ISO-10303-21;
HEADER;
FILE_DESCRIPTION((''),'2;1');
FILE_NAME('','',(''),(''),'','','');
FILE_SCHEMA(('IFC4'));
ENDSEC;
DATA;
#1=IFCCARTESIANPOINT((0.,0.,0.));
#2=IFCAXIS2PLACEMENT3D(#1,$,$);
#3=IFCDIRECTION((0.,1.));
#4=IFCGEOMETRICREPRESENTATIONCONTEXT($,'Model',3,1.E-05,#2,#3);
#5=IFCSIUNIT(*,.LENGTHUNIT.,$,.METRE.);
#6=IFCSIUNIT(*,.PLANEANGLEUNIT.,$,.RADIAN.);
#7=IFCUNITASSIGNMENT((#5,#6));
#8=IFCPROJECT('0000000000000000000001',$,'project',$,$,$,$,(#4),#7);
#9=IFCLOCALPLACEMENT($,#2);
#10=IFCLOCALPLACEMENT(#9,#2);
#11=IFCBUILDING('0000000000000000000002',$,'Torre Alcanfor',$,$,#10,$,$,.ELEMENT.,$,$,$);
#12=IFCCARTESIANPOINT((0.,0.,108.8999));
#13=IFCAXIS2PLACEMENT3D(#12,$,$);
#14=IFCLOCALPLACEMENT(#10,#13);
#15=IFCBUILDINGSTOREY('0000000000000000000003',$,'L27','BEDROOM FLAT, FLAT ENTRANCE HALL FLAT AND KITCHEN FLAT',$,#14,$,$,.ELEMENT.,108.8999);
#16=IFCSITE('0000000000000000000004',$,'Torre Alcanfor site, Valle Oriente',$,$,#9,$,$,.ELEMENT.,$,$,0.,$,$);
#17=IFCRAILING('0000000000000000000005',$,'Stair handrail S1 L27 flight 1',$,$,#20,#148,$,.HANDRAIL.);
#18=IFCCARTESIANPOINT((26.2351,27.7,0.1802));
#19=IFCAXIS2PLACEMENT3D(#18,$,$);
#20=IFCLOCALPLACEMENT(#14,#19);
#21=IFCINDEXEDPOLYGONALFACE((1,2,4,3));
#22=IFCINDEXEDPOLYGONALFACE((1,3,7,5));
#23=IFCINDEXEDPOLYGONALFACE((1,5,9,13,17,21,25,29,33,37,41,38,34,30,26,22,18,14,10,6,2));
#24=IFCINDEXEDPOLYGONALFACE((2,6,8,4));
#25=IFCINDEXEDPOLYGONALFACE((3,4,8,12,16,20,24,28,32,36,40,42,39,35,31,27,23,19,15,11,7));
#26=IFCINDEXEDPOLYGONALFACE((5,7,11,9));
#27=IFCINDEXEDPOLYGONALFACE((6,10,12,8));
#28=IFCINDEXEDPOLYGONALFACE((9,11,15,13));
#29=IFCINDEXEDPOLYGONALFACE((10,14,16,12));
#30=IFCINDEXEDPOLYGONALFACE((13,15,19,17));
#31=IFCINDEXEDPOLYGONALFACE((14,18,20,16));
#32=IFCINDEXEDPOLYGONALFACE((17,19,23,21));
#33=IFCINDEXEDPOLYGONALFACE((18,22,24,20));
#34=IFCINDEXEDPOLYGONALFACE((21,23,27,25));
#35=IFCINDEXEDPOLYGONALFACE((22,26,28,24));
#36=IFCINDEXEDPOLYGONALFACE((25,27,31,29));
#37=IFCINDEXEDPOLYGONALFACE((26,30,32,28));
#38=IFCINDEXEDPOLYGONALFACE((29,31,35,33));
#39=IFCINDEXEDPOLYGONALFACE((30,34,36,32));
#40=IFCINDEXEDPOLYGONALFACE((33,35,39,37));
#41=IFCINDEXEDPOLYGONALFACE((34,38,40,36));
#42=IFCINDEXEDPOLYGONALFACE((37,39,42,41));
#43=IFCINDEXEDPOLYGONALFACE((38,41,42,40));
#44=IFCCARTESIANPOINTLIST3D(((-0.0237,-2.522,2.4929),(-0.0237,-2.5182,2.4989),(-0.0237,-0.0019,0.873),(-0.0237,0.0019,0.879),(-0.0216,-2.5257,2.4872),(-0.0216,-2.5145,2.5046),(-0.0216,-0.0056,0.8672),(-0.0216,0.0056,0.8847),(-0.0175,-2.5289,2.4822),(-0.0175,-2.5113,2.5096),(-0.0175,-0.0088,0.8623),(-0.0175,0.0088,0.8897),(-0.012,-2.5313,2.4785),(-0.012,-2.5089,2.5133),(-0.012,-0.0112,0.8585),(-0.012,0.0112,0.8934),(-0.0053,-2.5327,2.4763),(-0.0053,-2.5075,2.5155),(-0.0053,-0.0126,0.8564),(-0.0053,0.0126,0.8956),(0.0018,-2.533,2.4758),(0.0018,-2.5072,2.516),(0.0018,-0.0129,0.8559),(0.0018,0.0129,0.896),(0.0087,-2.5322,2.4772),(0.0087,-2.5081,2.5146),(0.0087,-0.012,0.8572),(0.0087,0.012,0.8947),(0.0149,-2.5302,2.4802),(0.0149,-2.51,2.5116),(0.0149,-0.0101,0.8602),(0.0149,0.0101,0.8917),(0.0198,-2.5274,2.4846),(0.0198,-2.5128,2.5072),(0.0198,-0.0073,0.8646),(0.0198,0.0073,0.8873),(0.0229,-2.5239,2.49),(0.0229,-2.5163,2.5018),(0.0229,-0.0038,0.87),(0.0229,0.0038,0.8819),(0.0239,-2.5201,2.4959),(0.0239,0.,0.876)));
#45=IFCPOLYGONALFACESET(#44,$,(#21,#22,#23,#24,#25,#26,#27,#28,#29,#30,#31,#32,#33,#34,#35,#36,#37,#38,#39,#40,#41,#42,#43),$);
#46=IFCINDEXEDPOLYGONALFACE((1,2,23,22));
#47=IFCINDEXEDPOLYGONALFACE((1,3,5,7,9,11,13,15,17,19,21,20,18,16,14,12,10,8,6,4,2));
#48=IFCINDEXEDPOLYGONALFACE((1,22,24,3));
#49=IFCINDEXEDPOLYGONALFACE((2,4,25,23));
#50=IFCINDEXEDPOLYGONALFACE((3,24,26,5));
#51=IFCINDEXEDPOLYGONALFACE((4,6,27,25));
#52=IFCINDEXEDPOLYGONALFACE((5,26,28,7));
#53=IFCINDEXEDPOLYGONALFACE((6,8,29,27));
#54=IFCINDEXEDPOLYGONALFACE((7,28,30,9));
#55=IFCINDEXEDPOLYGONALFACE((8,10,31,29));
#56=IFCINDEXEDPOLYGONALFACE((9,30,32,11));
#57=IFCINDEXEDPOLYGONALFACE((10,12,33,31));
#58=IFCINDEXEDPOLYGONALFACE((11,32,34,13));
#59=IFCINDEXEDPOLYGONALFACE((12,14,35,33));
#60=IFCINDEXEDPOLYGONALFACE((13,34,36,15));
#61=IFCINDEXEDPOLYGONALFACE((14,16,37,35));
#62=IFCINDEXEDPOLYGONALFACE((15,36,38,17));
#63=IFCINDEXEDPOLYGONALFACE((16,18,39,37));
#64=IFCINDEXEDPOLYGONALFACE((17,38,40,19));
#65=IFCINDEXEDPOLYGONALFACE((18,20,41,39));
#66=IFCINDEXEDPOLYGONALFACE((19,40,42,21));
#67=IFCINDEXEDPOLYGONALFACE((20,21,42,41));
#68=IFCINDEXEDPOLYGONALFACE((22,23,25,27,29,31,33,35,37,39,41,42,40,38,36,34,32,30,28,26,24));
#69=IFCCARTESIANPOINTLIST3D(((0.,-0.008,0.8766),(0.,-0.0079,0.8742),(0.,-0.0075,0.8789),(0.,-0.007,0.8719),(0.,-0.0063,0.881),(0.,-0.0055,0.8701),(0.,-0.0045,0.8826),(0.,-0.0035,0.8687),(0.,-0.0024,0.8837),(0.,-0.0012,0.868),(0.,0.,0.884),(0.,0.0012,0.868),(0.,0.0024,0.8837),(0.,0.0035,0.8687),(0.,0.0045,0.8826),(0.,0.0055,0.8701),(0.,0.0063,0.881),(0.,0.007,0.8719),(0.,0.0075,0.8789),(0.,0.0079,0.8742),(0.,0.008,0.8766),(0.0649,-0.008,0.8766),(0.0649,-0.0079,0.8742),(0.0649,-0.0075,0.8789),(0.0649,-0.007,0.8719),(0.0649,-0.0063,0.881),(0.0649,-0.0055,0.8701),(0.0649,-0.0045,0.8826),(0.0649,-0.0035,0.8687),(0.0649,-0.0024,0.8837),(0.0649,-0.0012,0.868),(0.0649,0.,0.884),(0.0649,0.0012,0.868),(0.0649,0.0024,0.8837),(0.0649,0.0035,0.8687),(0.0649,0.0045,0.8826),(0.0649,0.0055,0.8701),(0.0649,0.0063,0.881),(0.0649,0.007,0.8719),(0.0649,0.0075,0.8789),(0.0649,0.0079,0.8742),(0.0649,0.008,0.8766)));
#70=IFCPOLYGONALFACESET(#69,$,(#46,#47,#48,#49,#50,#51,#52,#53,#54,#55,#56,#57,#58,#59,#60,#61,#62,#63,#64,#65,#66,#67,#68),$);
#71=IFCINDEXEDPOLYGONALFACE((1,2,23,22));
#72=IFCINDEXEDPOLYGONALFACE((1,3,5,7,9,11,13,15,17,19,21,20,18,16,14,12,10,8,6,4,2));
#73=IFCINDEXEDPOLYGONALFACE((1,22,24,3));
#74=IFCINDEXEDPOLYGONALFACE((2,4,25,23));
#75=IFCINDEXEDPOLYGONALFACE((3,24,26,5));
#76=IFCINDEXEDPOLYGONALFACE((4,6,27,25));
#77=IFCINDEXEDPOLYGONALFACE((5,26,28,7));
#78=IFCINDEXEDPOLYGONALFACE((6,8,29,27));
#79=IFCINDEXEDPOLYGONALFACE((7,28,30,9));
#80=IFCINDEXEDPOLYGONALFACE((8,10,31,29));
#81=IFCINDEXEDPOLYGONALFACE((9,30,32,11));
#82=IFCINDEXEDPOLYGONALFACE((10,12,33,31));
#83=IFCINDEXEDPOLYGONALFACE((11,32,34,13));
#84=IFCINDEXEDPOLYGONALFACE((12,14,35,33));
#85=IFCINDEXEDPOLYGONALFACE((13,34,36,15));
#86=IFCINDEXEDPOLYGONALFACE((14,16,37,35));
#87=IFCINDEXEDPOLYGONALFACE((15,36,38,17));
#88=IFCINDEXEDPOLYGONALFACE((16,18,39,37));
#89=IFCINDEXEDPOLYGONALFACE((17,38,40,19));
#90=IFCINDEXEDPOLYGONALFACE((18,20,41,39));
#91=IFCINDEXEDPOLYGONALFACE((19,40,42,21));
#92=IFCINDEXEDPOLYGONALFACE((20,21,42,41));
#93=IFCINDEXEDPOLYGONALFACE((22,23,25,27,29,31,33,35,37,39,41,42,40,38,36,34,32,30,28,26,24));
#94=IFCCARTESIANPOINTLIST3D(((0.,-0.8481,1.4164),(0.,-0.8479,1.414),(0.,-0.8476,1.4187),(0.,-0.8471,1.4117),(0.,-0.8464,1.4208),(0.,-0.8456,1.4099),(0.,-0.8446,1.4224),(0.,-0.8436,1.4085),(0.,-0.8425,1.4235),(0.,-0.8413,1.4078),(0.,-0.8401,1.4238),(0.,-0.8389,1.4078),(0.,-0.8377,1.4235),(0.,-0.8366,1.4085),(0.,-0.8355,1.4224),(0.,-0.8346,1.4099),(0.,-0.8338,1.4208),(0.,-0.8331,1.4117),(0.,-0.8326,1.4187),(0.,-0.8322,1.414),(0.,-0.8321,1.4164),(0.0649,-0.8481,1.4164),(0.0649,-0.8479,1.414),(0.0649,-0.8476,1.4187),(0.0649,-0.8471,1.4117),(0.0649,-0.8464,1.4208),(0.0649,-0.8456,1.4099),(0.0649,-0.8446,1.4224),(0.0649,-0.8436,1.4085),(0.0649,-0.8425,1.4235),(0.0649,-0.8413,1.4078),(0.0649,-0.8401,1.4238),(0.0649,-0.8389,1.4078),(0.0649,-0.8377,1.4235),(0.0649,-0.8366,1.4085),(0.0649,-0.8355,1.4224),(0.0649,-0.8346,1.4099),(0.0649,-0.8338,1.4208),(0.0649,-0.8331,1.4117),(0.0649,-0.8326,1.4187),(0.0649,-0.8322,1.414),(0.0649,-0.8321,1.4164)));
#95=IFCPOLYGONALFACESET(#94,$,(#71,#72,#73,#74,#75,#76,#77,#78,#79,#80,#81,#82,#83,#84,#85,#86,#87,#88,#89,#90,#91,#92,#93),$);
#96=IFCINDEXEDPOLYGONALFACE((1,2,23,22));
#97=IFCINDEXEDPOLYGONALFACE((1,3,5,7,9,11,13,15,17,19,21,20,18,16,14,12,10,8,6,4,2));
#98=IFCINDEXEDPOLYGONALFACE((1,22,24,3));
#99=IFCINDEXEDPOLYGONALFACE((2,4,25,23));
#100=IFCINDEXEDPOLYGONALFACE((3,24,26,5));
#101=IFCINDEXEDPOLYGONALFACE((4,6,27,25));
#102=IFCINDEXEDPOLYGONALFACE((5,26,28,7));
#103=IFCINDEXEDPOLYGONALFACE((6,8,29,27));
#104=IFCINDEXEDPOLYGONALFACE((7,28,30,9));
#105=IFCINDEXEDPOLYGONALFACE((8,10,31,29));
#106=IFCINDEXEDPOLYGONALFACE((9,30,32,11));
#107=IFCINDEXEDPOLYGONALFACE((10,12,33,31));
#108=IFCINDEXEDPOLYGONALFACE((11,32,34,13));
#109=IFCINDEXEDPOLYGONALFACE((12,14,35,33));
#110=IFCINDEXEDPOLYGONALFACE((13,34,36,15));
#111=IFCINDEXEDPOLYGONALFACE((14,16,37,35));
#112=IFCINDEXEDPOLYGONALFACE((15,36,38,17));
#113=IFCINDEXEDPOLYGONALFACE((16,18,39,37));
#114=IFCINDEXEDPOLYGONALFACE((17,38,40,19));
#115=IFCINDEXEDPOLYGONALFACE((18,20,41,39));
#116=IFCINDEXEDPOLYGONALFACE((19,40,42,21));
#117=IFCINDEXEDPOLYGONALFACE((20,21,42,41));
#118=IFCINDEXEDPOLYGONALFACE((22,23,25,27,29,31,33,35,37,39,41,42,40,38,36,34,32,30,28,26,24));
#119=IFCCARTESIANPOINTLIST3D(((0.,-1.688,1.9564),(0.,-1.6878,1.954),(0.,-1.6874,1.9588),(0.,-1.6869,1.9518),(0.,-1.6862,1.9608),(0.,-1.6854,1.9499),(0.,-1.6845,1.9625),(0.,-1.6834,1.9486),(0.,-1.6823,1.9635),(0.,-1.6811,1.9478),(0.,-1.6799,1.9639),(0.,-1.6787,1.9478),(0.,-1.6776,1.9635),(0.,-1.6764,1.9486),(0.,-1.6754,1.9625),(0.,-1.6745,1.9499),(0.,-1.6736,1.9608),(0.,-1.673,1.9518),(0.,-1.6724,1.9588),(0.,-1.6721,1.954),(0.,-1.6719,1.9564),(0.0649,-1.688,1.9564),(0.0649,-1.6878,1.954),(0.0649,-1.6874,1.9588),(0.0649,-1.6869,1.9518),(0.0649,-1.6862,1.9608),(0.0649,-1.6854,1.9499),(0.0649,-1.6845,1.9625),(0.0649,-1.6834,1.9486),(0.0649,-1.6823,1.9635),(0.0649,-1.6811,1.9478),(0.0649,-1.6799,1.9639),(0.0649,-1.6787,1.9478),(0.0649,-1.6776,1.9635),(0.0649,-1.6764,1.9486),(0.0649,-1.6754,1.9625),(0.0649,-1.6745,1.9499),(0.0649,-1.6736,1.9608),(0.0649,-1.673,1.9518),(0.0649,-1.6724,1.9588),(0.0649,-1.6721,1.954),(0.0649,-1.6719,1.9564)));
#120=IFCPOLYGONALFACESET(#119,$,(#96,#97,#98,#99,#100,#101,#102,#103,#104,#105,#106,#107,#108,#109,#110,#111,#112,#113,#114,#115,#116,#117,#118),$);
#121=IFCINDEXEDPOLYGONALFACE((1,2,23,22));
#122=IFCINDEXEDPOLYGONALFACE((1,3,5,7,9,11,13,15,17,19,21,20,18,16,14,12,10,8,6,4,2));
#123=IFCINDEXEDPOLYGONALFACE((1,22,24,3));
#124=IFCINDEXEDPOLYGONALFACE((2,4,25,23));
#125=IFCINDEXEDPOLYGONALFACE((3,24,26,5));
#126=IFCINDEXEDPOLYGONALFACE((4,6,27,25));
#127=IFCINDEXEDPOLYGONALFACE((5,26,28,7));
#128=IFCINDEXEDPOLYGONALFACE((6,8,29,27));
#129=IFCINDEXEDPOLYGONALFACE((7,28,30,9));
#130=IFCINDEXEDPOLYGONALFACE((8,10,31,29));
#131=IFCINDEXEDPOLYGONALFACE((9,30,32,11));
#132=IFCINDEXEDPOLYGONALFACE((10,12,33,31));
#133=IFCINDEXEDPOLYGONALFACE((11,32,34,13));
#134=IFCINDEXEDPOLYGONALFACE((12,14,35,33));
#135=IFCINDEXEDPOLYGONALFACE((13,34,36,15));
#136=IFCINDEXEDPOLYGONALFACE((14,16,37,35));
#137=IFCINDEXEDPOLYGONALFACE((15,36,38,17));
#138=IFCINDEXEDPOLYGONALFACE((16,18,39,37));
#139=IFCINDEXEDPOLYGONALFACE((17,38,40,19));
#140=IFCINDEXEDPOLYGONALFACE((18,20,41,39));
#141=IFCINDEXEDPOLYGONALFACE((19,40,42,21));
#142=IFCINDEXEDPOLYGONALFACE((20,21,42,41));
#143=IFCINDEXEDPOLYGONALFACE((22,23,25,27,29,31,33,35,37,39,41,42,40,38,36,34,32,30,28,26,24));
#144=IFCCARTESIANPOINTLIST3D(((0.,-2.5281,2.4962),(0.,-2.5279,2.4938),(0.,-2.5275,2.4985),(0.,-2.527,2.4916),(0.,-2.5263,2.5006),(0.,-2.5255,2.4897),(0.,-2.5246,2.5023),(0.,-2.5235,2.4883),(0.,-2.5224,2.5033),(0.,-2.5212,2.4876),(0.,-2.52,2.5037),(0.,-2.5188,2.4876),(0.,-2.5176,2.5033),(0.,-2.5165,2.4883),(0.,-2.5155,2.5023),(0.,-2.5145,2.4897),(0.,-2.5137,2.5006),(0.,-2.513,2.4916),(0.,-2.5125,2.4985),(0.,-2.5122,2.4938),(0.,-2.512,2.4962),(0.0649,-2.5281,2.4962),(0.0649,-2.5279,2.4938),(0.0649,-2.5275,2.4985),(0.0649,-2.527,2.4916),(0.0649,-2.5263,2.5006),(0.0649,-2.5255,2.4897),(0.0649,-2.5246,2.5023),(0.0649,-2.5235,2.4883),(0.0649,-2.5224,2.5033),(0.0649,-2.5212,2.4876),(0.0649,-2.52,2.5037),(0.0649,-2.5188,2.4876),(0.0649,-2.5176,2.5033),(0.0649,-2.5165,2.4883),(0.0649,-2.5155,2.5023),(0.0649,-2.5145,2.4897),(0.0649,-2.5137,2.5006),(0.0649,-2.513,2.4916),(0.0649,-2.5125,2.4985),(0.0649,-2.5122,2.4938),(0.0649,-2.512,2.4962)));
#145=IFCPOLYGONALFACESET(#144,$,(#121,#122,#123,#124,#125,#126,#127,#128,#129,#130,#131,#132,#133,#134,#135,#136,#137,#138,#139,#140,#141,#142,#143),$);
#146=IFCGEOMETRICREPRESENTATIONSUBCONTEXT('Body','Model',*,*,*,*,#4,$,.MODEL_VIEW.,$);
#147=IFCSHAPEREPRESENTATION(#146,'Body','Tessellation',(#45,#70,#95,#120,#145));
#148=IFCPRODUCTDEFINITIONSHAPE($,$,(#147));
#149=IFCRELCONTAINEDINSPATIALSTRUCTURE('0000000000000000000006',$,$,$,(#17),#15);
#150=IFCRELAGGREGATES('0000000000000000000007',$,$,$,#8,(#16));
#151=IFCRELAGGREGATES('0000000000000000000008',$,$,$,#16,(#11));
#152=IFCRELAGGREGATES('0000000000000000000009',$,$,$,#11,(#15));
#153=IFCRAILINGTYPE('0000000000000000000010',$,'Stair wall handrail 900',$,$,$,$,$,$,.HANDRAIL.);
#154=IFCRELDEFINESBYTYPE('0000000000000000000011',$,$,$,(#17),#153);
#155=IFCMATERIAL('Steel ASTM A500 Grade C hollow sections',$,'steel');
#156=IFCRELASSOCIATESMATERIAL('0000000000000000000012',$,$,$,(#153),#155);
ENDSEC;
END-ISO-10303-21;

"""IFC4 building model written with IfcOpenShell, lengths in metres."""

from ifc_helpers import new_model, si_unit, direction, frame, origin, origin_2d, place, context, subcontext, project, spatial, circle, extrude, material, type_object, element, save


model = new_model("IFC4")

# Units and contexts
model_context = context("Model", 3, precision=1e-05, world=origin(), true_north=direction((0.0, 1.0)))
body_context = subcontext(model_context, "Body", "Model", "MODEL_VIEW")
ifc_project = project(units=[si_unit("LENGTHUNIT", "METRE"), si_unit("PLANEANGLEUNIT", "RADIAN")], contexts=[model_context])

# Site, building, storey
site_placement = place(None, origin())
site = spatial("IfcSite", under=ifc_project, at=site_placement, Name="Torre Alcanfor site, Valle Oriente", CompositionType="ELEMENT", RefElevation=0.0)
building_placement = place(site_placement, origin())
building = spatial("IfcBuilding", under=site, at=building_placement, Name="Torre Alcanfor", CompositionType="ELEMENT")
storey_placement = place(building_placement, frame((0.0, 0.0, 108.8999)))
storey = spatial("IfcBuildingStorey", under=building, at=storey_placement, Name="L27", Description="BEDROOM FLAT, FLAT ENTRANCE HALL FLAT AND KITCHEN FLAT", CompositionType="ELEMENT", Elevation=108.8999)

# Railing
ifc_material_1 = material(Name="Steel ASTM A500 Grade C hollow sections", Category="steel")
railing_type_1 = type_object("IfcRailingType", Name="Stair wall handrail 900", PredefinedType="HANDRAIL", material=ifc_material_1)
railing_1_placement = place(storey_placement, frame((26.2351, 27.7, 0.1802)))
element("IfcRailing", 1, at=railing_1_placement, inside=storey, type_object=railing_type_1, Name="Stair handrail S1 L27 flight 1", PredefinedType="HANDRAIL", context=body_context, shape_type="SweptSolid", body=[
    extrude(circle(Radius=0.0239, at=origin_2d()), frame((0.0, 0.0, 0.876), z_axis=(0.0, -0.8412, 0.540725), x_axis=(1.0, 0.0, 0.0)), (0.0, 0.0, 1.0), 2.9958),
    extrude(circle(Radius=0.0081, at=origin_2d()), frame((0.0, 0.0, 0.876), z_axis=(1.0, 0.0, 0.0), x_axis=(0.0, 0.0, 1.0)), (0.0, 0.0, 1.0), 0.0649),
    extrude(circle(Radius=0.0081, at=origin_2d()), frame((0.0, -0.8401, 1.4158), z_axis=(1.0, 0.0, 0.0), x_axis=(0.0, 0.0, 1.0)), (0.0, 0.0, 1.0), 0.0649),
    extrude(circle(Radius=0.0081, at=origin_2d()), frame((0.0, -1.6799, 1.9558), z_axis=(1.0, 0.0, 0.0), x_axis=(0.0, 0.0, 1.0)), (0.0, 0.0, 1.0), 0.0649),
    extrude(circle(Radius=0.0081, at=origin_2d()), frame((0.0, -2.52, 2.4956), z_axis=(1.0, 0.0, 0.0), x_axis=(0.0, 0.0, 1.0)), (0.0, 0.0, 1.0), 0.0649),
])

save(model, "model.ifc")
